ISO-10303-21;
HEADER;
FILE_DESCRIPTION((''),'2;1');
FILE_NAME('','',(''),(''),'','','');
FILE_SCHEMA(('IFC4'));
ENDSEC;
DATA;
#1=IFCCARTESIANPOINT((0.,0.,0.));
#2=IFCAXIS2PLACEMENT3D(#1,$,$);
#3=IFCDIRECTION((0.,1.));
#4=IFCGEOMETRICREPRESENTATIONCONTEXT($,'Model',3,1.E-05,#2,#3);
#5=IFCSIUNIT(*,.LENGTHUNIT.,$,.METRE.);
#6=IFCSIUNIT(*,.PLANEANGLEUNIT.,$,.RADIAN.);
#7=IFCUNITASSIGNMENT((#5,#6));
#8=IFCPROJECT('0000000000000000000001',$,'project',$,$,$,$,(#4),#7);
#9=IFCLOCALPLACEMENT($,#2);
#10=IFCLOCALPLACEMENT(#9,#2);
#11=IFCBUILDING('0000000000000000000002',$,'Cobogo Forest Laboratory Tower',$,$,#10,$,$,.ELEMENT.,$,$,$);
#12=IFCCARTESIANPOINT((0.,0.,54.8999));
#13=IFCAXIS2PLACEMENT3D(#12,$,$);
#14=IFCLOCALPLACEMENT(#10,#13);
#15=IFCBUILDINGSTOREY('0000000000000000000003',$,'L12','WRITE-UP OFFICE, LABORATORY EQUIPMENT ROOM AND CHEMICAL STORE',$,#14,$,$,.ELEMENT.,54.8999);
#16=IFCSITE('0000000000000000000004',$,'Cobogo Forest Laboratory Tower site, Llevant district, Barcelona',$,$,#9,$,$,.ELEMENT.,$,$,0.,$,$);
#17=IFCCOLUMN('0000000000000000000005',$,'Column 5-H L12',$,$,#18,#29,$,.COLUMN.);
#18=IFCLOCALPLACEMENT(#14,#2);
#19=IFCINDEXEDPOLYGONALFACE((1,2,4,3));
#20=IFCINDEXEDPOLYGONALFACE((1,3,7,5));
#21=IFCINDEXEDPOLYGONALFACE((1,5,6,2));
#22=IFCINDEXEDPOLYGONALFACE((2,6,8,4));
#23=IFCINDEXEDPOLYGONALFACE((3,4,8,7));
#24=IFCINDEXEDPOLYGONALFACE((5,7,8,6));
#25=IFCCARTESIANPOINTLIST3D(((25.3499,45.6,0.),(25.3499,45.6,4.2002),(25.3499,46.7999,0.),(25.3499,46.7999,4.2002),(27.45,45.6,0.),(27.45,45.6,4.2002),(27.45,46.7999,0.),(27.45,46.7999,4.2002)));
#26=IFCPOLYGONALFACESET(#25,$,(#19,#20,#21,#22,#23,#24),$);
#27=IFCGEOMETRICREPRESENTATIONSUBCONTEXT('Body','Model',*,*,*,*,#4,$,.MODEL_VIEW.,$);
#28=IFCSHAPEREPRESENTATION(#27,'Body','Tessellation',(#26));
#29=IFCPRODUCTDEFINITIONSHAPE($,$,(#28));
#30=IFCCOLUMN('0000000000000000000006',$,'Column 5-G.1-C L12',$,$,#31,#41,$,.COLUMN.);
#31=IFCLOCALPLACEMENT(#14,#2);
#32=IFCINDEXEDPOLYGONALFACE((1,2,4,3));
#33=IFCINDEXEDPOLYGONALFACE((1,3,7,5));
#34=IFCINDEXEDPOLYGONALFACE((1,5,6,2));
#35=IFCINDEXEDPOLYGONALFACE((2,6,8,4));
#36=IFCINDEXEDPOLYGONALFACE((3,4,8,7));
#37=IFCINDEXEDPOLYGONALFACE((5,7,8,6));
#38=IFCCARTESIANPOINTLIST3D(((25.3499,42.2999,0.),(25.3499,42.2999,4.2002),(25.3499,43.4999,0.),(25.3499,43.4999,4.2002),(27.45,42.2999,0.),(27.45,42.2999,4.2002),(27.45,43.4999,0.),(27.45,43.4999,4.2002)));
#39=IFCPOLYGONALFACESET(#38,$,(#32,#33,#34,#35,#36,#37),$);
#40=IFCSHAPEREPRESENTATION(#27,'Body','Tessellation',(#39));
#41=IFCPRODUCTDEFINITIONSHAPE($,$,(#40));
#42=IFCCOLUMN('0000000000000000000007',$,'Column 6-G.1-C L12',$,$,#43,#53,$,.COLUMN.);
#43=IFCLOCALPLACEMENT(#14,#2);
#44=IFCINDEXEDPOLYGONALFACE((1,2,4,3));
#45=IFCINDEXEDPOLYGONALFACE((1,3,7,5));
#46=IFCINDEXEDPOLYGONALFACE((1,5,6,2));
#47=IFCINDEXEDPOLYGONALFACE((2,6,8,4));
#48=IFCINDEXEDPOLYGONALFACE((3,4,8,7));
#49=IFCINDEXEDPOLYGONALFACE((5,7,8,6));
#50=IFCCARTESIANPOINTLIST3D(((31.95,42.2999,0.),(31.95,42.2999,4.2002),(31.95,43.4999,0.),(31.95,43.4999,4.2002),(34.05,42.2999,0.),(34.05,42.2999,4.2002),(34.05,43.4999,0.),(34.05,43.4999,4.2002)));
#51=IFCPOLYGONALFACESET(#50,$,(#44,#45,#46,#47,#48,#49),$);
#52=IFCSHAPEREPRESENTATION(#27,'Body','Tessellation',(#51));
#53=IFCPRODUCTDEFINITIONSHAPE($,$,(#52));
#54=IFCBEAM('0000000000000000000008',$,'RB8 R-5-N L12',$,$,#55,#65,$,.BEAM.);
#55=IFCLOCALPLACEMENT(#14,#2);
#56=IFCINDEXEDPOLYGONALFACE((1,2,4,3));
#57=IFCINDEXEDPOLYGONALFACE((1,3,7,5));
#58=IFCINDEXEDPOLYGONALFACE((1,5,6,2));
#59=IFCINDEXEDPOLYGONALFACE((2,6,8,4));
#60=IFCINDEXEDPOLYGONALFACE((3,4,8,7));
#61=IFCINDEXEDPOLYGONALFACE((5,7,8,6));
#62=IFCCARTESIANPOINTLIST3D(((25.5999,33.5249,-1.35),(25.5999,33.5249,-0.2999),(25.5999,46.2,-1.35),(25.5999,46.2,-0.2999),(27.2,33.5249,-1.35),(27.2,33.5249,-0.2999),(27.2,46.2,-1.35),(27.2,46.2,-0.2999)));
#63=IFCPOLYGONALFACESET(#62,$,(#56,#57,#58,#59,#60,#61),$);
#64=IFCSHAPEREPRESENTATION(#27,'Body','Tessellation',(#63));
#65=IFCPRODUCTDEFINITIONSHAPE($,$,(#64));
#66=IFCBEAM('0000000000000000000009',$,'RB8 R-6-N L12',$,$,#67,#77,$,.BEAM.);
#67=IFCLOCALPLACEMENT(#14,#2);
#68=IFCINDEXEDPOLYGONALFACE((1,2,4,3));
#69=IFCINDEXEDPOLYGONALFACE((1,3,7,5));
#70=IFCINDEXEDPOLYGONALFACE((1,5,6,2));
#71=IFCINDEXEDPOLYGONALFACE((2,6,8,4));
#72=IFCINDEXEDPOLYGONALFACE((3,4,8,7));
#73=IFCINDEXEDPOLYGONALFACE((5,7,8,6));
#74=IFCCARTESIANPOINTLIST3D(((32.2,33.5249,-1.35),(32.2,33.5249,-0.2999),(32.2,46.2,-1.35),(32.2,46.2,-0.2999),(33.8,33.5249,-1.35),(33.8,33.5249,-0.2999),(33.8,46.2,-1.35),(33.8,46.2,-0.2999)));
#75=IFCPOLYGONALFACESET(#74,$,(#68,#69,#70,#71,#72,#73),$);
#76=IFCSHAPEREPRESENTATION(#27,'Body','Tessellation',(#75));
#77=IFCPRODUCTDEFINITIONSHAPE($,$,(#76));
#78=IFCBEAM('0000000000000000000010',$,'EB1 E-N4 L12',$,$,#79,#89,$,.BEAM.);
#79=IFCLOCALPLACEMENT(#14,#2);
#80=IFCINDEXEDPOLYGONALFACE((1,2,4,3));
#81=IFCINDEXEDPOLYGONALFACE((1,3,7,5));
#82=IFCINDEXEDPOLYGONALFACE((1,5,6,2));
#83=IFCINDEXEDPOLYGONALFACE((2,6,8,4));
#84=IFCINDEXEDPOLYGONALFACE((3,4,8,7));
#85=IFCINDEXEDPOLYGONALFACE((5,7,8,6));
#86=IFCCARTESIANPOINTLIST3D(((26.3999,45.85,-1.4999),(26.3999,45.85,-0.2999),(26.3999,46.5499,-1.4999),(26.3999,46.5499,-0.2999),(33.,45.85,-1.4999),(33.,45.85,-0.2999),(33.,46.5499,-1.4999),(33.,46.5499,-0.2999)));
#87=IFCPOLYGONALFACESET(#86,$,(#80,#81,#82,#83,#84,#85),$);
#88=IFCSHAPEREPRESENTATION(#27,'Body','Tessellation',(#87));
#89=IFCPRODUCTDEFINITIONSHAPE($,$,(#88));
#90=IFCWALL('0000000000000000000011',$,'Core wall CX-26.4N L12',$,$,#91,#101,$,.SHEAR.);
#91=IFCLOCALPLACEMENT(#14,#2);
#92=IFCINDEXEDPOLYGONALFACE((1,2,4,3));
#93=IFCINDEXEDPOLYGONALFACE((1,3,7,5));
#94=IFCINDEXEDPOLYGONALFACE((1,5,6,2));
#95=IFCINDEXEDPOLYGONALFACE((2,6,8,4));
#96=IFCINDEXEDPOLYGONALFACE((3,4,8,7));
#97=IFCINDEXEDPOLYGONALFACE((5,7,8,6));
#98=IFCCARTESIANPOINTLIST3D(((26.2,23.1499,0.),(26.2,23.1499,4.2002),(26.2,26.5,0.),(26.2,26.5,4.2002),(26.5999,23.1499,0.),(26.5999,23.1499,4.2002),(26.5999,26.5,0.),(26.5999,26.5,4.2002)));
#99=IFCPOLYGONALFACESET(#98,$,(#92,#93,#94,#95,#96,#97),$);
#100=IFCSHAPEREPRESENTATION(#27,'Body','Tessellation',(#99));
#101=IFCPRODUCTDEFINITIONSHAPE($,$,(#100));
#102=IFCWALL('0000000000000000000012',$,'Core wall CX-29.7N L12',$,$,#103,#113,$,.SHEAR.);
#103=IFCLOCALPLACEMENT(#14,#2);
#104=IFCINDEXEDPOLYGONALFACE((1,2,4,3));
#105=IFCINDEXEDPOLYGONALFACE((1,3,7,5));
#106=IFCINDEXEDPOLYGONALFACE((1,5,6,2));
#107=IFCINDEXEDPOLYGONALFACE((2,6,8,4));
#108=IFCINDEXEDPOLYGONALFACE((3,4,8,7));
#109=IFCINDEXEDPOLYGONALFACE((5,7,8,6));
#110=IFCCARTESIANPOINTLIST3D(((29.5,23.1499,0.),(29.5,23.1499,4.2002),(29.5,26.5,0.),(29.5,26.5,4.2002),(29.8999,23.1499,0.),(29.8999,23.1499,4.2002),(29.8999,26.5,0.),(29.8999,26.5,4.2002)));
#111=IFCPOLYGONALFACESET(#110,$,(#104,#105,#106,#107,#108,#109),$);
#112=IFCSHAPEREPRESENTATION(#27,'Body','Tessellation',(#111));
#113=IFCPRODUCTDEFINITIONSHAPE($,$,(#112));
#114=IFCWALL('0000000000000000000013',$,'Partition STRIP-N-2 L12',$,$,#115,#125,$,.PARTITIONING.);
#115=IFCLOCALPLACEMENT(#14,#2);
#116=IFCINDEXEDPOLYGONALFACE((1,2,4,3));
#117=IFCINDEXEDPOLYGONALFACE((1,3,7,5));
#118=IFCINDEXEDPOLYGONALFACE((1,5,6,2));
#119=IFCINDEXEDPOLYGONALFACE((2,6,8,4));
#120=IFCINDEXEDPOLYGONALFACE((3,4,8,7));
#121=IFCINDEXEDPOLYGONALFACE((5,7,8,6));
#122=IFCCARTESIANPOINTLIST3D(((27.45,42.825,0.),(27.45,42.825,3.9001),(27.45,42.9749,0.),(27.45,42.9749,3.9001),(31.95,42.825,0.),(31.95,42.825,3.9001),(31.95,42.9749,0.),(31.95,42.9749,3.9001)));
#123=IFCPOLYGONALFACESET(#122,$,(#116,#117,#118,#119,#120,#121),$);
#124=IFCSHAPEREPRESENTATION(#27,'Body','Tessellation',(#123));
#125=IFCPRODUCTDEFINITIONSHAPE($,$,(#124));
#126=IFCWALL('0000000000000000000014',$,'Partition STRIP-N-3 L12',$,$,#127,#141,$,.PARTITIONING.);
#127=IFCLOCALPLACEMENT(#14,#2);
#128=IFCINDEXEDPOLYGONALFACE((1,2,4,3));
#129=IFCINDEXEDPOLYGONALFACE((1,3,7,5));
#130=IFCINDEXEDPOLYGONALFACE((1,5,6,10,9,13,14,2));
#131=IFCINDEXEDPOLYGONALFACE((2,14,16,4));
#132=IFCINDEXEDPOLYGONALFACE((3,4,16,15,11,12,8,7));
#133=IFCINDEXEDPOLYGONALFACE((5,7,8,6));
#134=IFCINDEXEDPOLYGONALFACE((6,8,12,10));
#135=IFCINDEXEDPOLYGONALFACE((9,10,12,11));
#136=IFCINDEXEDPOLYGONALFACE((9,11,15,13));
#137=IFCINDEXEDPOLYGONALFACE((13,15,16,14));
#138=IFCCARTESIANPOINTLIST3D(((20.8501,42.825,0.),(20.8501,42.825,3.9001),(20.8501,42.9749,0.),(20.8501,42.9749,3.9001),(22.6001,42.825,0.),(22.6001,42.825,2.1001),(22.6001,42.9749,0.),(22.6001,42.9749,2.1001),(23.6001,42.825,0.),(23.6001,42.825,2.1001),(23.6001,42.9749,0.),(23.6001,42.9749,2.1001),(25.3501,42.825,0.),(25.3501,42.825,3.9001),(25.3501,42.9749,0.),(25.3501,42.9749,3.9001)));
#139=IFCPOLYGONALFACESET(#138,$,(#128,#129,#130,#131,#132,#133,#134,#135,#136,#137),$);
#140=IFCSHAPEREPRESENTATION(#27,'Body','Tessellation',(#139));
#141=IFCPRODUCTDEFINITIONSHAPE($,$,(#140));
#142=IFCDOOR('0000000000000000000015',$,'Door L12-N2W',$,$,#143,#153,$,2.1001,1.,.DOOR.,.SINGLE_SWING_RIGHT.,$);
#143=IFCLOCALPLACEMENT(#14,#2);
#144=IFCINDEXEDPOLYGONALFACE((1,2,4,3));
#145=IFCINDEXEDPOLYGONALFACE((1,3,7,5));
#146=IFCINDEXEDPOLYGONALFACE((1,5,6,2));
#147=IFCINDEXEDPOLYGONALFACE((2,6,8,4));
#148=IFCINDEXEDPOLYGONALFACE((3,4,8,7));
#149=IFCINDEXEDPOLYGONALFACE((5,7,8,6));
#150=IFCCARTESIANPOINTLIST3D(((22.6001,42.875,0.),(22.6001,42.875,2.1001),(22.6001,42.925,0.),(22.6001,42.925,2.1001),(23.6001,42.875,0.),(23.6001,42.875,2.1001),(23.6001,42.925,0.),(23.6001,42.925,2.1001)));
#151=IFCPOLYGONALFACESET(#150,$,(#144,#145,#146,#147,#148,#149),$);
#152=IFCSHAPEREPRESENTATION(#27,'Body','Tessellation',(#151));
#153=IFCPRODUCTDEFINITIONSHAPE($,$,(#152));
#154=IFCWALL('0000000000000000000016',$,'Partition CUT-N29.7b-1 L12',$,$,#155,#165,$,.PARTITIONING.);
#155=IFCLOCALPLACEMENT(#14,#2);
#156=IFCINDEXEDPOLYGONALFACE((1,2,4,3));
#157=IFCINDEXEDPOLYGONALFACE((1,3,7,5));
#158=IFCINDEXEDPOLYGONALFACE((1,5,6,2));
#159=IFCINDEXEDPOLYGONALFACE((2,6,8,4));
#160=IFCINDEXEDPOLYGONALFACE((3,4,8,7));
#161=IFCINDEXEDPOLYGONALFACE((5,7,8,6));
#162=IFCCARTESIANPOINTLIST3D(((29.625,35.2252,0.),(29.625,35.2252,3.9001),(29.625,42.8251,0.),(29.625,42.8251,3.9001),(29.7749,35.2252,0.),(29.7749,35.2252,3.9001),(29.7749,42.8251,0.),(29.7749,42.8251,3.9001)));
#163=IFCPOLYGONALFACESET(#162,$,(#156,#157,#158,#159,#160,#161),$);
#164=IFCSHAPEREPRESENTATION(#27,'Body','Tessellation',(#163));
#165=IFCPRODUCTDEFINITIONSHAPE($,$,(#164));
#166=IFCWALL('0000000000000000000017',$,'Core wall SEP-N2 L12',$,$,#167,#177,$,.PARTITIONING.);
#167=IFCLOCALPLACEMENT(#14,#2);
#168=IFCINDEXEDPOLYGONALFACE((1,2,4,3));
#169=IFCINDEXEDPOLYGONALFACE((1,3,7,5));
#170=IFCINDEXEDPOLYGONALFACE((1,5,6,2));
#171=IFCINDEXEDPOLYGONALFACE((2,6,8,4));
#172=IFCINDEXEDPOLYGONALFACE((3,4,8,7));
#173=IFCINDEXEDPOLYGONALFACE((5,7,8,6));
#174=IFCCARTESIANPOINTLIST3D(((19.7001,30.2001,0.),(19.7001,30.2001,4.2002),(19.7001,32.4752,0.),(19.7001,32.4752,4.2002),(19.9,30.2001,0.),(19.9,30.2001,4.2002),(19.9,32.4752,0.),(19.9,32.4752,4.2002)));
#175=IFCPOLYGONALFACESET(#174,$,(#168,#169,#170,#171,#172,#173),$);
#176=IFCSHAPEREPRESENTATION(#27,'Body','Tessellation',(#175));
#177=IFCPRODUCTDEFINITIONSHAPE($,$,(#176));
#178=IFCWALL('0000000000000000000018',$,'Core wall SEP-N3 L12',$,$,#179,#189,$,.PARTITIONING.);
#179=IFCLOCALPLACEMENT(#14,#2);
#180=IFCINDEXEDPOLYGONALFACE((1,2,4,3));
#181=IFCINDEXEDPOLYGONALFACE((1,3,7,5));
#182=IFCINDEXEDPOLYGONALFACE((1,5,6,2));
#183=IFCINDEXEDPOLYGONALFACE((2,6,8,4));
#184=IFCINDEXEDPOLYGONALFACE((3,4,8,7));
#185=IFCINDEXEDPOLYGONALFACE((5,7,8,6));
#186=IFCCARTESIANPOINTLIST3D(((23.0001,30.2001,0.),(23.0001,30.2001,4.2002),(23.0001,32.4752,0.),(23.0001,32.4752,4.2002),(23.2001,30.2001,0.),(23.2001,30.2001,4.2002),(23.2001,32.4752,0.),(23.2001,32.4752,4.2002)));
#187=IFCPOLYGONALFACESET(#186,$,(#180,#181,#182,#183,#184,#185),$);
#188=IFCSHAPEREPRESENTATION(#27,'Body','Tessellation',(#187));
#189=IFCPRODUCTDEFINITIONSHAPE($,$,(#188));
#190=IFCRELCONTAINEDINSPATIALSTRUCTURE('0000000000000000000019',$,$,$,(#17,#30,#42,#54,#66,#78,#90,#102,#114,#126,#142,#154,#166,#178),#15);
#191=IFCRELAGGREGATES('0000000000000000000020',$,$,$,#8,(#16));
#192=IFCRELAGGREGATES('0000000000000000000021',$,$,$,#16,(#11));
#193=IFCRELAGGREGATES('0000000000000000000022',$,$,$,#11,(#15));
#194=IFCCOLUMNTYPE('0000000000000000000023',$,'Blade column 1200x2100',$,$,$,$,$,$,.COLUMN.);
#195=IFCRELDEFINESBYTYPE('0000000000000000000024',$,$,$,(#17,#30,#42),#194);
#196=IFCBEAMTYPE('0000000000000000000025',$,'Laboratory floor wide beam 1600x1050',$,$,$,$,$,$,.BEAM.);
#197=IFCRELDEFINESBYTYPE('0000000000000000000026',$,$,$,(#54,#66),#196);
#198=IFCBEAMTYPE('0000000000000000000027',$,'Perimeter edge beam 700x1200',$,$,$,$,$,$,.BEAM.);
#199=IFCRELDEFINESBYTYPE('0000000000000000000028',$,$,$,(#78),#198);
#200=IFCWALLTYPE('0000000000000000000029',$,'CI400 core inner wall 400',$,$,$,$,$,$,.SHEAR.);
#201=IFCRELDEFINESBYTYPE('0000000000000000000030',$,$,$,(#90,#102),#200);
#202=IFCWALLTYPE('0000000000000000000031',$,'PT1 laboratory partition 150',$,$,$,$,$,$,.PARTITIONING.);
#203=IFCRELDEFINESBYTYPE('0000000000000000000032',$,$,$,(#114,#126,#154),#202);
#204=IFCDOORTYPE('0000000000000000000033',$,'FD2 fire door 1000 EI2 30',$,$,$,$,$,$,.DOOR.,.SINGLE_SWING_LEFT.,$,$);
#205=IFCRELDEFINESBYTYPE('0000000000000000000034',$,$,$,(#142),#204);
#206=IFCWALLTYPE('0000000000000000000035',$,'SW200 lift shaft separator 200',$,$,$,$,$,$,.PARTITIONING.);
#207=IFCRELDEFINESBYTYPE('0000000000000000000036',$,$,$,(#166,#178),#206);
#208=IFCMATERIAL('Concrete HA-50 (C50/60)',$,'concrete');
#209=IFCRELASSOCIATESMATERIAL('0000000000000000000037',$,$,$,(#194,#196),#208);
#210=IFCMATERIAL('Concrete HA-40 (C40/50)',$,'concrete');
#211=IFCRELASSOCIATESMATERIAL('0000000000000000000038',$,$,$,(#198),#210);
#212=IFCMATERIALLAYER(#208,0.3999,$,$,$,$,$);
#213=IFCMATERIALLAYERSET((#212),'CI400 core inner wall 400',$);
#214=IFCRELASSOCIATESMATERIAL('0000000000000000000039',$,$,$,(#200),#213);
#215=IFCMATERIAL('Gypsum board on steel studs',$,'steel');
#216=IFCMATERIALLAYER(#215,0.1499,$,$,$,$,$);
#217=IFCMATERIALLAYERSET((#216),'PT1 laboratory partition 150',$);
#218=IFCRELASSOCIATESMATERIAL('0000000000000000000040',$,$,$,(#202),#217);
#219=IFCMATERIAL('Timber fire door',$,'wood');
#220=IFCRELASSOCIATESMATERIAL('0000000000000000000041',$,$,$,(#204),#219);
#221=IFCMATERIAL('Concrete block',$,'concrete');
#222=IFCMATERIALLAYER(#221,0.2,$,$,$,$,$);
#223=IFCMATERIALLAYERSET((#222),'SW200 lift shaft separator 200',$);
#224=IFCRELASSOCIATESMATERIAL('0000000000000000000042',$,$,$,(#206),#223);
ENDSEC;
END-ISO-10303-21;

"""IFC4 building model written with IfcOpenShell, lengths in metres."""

from ifc_helpers import new_model, si_unit, direction, frame, frame_2d, origin, origin_2d, place, context, subcontext, project, spatial, rectangle, extrude, material, layer, layer_set, material_profile, profile_set, type_object, element, fill, save


model = new_model("IFC4")

# Units and contexts
model_context = context("Model", 3, precision=1e-05, world=origin(), true_north=direction((0.0, 1.0)))
body_context = subcontext(model_context, "Body", "Model", "MODEL_VIEW")
ifc_project = project(units=[si_unit("LENGTHUNIT", "METRE"), si_unit("PLANEANGLEUNIT", "RADIAN")], contexts=[model_context])

# Site, building, storey
site_placement = place(None, origin())
site = spatial("IfcSite", under=ifc_project, at=site_placement, Name="Cobogo Forest Laboratory Tower site, Llevant district, Barcelona", CompositionType="ELEMENT", RefElevation=0.0)
building_placement = place(site_placement, origin())
building = spatial("IfcBuilding", under=site, at=building_placement, Name="Cobogo Forest Laboratory Tower", CompositionType="ELEMENT")
storey_placement = place(building_placement, frame((0.0, 0.0, 54.8999)))
storey = spatial("IfcBuildingStorey", under=building, at=storey_placement, Name="L12", Description="WRITE-UP OFFICE, LABORATORY EQUIPMENT ROOM AND CHEMICAL STORE", CompositionType="ELEMENT", Elevation=54.8999)

# Columns
ifc_material_1 = material(Name="Concrete HA-50 (C50/60)", Category="concrete")
ifc_material_profile_1 = material_profile(ifc_material_1, rectangle(XDim=2.1001, YDim=1.2, at=origin_2d()), Name="RC 1200x2100")
ifc_profile_set_1 = profile_set([ifc_material_profile_1], Name="Concrete HA-50 (C50/60)")
column_type = type_object("IfcColumnType", Name="Blade column 1200x2100", PredefinedType="COLUMN", material=ifc_profile_set_1)
for number, where, z_axis, x_axis, name in (
    (1, (26.3999, 46.2, 0.0), (0.0, 0.0, 1.0), (1.0, 0.0, 0.0), "Column 5-H L12"),
    (2, (26.3999, 42.8999, 0.0), (0.0, 0.0, 1.0), (1.0, 0.0, 0.0), "Column 5-G.1-C L12"),
    (3, (33.0, 42.8999, 0.0), (0.0, 0.0, 1.0), (1.0, 0.0, 0.0), "Column 6-G.1-C L12"),
):
    element("IfcColumn", number, at=place(storey_placement, frame(where, z_axis=z_axis, x_axis=x_axis)), inside=storey, type_object=column_type, Name=name, PredefinedType="COLUMN", context=body_context, shape_type="SweptSolid", body=[
        extrude(rectangle(XDim=2.1001, YDim=1.2, at=origin_2d()), origin(), (0.0, 0.0, 1.0), 4.2002),
    ])

# Beams
ifc_material_profile_2 = material_profile(ifc_material_1, rectangle(XDim=1.6001, YDim=1.05, at=origin_2d()), Name="RC 1600x1050")
ifc_profile_set_2 = profile_set([ifc_material_profile_2], Name="Concrete HA-50 (C50/60)")
beam_type_1 = type_object("IfcBeamType", Name="Laboratory floor wide beam 1600x1050", PredefinedType="BEAM", material=ifc_profile_set_2)
for number, where, z_axis, x_axis, name in (
    (4, (26.3999, 33.5249, -0.825), (0.0, 1.0, 0.0), (-1.0, 0.0, 0.0), "RB8 R-5-N L12"),
    (5, (33.0, 33.5249, -0.825), (0.0, 1.0, 0.0), (-1.0, 0.0, 0.0), "RB8 R-6-N L12"),
):
    element("IfcBeam", number, at=place(storey_placement, frame(where, z_axis=z_axis, x_axis=x_axis)), inside=storey, type_object=beam_type_1, Name=name, PredefinedType="BEAM", context=body_context, shape_type="SweptSolid", body=[
        extrude(rectangle(XDim=1.6001, YDim=1.05, at=origin_2d()), origin(), (0.0, 0.0, 1.0), 12.675),
    ])
ifc_material_2 = material(Name="Concrete HA-40 (C40/50)", Category="concrete")
ifc_material_profile_3 = material_profile(ifc_material_2, rectangle(XDim=0.7, YDim=1.2, at=origin_2d()), Name="RC 700x1200")
ifc_profile_set_3 = profile_set([ifc_material_profile_3], Name="Concrete HA-40 (C40/50)")
beam_type_2 = type_object("IfcBeamType", Name="Perimeter edge beam 700x1200", PredefinedType="BEAM", material=ifc_profile_set_3)
beam_placement = place(storey_placement, frame((26.3999, 46.2, -0.8999), z_axis=(1.0, 0.0, 0.0), x_axis=(0.0, 1.0, 0.0)))
element("IfcBeam", 6, at=beam_placement, inside=storey, type_object=beam_type_2, Name="EB1 E-N4 L12", PredefinedType="BEAM", context=body_context, shape_type="SweptSolid", body=[
    extrude(rectangle(XDim=0.7, YDim=1.2, at=origin_2d()), origin(), (0.0, 0.0, 1.0), 6.6001),
])

# Walls
ifc_layer_1 = layer(ifc_material_1, 0.3999)
ifc_layer_set_1 = layer_set([ifc_layer_1], Name="CI400 core inner wall 400")
wall_type_1 = type_object("IfcWallType", Name="CI400 core inner wall 400", PredefinedType="SHEAR", material=ifc_layer_set_1)
for number, where, z_axis, x_axis, name in (
    (7, (26.3999, 23.1499, 0.0), (0.0, 0.0, 1.0), (0.0, 1.0, 0.0), "Core wall CX-26.4N L12"),
    (8, (29.7, 23.1499, 0.0), (0.0, 0.0, 1.0), (0.0, 1.0, 0.0), "Core wall CX-29.7N L12"),
):
    element("IfcWall", number, at=place(storey_placement, frame(where, z_axis=z_axis, x_axis=x_axis)), inside=storey, type_object=wall_type_1, Name=name, PredefinedType="SHEAR", context=body_context, shape_type="SweptSolid", body=[
        extrude(rectangle(XDim=3.3501, YDim=0.3999, at=frame_2d((1.675, 0.0))), origin(), (0.0, 0.0, 1.0), 4.2002),
    ])
ifc_material_3 = material(Name="Gypsum board on steel studs", Category="steel")
ifc_layer_2 = layer(ifc_material_3, 0.1499)
ifc_layer_set_2 = layer_set([ifc_layer_2], Name="PT1 laboratory partition 150")
wall_type_2 = type_object("IfcWallType", Name="PT1 laboratory partition 150", PredefinedType="PARTITIONING", material=ifc_layer_set_2)
wall_1_placement = place(storey_placement, frame((31.95, 42.8999, 0.0), z_axis=(0.0, 0.0, 1.0), x_axis=(-1.0, 0.0, 0.0)))
element("IfcWall", 9, at=wall_1_placement, inside=storey, type_object=wall_type_2, Name="Partition STRIP-N-2 L12", PredefinedType="PARTITIONING", context=body_context, shape_type="SweptSolid", body=[
    extrude(rectangle(XDim=4.5, YDim=0.1499, at=frame_2d((2.25, 0.0))), origin(), (0.0, 0.0, 1.0), 3.9001),
])

# Wall, opening, door
wall_2_placement = place(storey_placement, frame((25.3501, 42.8999, 0.0), z_axis=(0.0, 0.0, 1.0), x_axis=(-1.0, 0.0, 0.0)))
wall_2 = element("IfcWall", 10, at=wall_2_placement, inside=storey, type_object=wall_type_2, Name="Partition STRIP-N-3 L12", PredefinedType="PARTITIONING", context=body_context, shape_type="SweptSolid", body=[
    extrude(rectangle(XDim=4.5, YDim=0.1499, at=frame_2d((2.25, 0.0))), origin(), (0.0, 0.0, 1.0), 3.9001),
])
opening_placement = place(wall_2_placement, frame((1.75, 0.0, 0.0)))
opening = element("IfcOpeningElement", 11, at=opening_placement, cuts=wall_2, PredefinedType="OPENING", context=body_context, shape_type="SweptSolid", body=[
    extrude(rectangle(XDim=1.0, YDim=2.1001, at=frame_2d((0.5, 1.05))), frame((0.0, 0.085, 0.0), z_axis=(0.0, -1.0, 0.0), x_axis=(1.0, 0.0, 0.0)), (0.0, 0.0, 1.0), 0.1699),
])
ifc_material_4 = material(Name="Timber fire door", Category="wood")
door_type = type_object("IfcDoorType", Name="FD2 fire door 1000 EI2 30", OperationType="SINGLE_SWING_LEFT", PredefinedType="DOOR", material=ifc_material_4)
door_placement = place(opening_placement, origin())
door = element("IfcDoor", 12, at=door_placement, inside=storey, type_object=door_type, Name="Door L12-N2W", OperationType="SINGLE_SWING_RIGHT", OverallHeight=2.1001, OverallWidth=1.0, PredefinedType="DOOR", context=body_context, shape_type="SweptSolid", body=[
    extrude(rectangle(XDim=1.0, YDim=2.1001, at=frame_2d((0.5, 1.05))), frame((0.0, 0.0249, 0.0), z_axis=(0.0, -1.0, 0.0), x_axis=(1.0, 0.0, 0.0)), (0.0, 0.0, 1.0), 0.05),
])
fill(opening, door)

# Walls
wall_3_placement = place(storey_placement, frame((29.7, 42.825, 0.0), z_axis=(0.0, 0.0, 1.0), x_axis=(0.0, -1.0, 0.0)))
element("IfcWall", 13, at=wall_3_placement, inside=storey, type_object=wall_type_2, Name="Partition CUT-N29.7b-1 L12", PredefinedType="PARTITIONING", context=body_context, shape_type="SweptSolid", body=[
    extrude(rectangle(XDim=7.5999, YDim=0.1499, at=frame_2d((3.7998, 0.0))), origin(), (0.0, 0.0, 1.0), 3.9001),
])
ifc_material_5 = material(Name="Concrete block", Category="concrete")
ifc_layer_3 = layer(ifc_material_5, 0.2)
ifc_layer_set_3 = layer_set([ifc_layer_3], Name="SW200 lift shaft separator 200")
wall_type_3 = type_object("IfcWallType", Name="SW200 lift shaft separator 200", PredefinedType="PARTITIONING", material=ifc_layer_set_3)
for number, where, z_axis, x_axis, name in (
    (14, (19.8, 30.2, 0.0), (0.0, 0.0, 1.0), (0.0, 1.0, 0.0), "Core wall SEP-N2 L12"),
    (15, (23.1001, 30.2, 0.0), (0.0, 0.0, 1.0), (0.0, 1.0, 0.0), "Core wall SEP-N3 L12"),
):
    element("IfcWall", number, at=place(storey_placement, frame(where, z_axis=z_axis, x_axis=x_axis)), inside=storey, type_object=wall_type_3, Name=name, PredefinedType="PARTITIONING", context=body_context, shape_type="SweptSolid", body=[
        extrude(rectangle(XDim=2.2751, YDim=0.2, at=frame_2d((1.1377, 0.0))), origin(), (0.0, 0.0, 1.0), 4.2002),
    ])

save(model, "model.ifc")
